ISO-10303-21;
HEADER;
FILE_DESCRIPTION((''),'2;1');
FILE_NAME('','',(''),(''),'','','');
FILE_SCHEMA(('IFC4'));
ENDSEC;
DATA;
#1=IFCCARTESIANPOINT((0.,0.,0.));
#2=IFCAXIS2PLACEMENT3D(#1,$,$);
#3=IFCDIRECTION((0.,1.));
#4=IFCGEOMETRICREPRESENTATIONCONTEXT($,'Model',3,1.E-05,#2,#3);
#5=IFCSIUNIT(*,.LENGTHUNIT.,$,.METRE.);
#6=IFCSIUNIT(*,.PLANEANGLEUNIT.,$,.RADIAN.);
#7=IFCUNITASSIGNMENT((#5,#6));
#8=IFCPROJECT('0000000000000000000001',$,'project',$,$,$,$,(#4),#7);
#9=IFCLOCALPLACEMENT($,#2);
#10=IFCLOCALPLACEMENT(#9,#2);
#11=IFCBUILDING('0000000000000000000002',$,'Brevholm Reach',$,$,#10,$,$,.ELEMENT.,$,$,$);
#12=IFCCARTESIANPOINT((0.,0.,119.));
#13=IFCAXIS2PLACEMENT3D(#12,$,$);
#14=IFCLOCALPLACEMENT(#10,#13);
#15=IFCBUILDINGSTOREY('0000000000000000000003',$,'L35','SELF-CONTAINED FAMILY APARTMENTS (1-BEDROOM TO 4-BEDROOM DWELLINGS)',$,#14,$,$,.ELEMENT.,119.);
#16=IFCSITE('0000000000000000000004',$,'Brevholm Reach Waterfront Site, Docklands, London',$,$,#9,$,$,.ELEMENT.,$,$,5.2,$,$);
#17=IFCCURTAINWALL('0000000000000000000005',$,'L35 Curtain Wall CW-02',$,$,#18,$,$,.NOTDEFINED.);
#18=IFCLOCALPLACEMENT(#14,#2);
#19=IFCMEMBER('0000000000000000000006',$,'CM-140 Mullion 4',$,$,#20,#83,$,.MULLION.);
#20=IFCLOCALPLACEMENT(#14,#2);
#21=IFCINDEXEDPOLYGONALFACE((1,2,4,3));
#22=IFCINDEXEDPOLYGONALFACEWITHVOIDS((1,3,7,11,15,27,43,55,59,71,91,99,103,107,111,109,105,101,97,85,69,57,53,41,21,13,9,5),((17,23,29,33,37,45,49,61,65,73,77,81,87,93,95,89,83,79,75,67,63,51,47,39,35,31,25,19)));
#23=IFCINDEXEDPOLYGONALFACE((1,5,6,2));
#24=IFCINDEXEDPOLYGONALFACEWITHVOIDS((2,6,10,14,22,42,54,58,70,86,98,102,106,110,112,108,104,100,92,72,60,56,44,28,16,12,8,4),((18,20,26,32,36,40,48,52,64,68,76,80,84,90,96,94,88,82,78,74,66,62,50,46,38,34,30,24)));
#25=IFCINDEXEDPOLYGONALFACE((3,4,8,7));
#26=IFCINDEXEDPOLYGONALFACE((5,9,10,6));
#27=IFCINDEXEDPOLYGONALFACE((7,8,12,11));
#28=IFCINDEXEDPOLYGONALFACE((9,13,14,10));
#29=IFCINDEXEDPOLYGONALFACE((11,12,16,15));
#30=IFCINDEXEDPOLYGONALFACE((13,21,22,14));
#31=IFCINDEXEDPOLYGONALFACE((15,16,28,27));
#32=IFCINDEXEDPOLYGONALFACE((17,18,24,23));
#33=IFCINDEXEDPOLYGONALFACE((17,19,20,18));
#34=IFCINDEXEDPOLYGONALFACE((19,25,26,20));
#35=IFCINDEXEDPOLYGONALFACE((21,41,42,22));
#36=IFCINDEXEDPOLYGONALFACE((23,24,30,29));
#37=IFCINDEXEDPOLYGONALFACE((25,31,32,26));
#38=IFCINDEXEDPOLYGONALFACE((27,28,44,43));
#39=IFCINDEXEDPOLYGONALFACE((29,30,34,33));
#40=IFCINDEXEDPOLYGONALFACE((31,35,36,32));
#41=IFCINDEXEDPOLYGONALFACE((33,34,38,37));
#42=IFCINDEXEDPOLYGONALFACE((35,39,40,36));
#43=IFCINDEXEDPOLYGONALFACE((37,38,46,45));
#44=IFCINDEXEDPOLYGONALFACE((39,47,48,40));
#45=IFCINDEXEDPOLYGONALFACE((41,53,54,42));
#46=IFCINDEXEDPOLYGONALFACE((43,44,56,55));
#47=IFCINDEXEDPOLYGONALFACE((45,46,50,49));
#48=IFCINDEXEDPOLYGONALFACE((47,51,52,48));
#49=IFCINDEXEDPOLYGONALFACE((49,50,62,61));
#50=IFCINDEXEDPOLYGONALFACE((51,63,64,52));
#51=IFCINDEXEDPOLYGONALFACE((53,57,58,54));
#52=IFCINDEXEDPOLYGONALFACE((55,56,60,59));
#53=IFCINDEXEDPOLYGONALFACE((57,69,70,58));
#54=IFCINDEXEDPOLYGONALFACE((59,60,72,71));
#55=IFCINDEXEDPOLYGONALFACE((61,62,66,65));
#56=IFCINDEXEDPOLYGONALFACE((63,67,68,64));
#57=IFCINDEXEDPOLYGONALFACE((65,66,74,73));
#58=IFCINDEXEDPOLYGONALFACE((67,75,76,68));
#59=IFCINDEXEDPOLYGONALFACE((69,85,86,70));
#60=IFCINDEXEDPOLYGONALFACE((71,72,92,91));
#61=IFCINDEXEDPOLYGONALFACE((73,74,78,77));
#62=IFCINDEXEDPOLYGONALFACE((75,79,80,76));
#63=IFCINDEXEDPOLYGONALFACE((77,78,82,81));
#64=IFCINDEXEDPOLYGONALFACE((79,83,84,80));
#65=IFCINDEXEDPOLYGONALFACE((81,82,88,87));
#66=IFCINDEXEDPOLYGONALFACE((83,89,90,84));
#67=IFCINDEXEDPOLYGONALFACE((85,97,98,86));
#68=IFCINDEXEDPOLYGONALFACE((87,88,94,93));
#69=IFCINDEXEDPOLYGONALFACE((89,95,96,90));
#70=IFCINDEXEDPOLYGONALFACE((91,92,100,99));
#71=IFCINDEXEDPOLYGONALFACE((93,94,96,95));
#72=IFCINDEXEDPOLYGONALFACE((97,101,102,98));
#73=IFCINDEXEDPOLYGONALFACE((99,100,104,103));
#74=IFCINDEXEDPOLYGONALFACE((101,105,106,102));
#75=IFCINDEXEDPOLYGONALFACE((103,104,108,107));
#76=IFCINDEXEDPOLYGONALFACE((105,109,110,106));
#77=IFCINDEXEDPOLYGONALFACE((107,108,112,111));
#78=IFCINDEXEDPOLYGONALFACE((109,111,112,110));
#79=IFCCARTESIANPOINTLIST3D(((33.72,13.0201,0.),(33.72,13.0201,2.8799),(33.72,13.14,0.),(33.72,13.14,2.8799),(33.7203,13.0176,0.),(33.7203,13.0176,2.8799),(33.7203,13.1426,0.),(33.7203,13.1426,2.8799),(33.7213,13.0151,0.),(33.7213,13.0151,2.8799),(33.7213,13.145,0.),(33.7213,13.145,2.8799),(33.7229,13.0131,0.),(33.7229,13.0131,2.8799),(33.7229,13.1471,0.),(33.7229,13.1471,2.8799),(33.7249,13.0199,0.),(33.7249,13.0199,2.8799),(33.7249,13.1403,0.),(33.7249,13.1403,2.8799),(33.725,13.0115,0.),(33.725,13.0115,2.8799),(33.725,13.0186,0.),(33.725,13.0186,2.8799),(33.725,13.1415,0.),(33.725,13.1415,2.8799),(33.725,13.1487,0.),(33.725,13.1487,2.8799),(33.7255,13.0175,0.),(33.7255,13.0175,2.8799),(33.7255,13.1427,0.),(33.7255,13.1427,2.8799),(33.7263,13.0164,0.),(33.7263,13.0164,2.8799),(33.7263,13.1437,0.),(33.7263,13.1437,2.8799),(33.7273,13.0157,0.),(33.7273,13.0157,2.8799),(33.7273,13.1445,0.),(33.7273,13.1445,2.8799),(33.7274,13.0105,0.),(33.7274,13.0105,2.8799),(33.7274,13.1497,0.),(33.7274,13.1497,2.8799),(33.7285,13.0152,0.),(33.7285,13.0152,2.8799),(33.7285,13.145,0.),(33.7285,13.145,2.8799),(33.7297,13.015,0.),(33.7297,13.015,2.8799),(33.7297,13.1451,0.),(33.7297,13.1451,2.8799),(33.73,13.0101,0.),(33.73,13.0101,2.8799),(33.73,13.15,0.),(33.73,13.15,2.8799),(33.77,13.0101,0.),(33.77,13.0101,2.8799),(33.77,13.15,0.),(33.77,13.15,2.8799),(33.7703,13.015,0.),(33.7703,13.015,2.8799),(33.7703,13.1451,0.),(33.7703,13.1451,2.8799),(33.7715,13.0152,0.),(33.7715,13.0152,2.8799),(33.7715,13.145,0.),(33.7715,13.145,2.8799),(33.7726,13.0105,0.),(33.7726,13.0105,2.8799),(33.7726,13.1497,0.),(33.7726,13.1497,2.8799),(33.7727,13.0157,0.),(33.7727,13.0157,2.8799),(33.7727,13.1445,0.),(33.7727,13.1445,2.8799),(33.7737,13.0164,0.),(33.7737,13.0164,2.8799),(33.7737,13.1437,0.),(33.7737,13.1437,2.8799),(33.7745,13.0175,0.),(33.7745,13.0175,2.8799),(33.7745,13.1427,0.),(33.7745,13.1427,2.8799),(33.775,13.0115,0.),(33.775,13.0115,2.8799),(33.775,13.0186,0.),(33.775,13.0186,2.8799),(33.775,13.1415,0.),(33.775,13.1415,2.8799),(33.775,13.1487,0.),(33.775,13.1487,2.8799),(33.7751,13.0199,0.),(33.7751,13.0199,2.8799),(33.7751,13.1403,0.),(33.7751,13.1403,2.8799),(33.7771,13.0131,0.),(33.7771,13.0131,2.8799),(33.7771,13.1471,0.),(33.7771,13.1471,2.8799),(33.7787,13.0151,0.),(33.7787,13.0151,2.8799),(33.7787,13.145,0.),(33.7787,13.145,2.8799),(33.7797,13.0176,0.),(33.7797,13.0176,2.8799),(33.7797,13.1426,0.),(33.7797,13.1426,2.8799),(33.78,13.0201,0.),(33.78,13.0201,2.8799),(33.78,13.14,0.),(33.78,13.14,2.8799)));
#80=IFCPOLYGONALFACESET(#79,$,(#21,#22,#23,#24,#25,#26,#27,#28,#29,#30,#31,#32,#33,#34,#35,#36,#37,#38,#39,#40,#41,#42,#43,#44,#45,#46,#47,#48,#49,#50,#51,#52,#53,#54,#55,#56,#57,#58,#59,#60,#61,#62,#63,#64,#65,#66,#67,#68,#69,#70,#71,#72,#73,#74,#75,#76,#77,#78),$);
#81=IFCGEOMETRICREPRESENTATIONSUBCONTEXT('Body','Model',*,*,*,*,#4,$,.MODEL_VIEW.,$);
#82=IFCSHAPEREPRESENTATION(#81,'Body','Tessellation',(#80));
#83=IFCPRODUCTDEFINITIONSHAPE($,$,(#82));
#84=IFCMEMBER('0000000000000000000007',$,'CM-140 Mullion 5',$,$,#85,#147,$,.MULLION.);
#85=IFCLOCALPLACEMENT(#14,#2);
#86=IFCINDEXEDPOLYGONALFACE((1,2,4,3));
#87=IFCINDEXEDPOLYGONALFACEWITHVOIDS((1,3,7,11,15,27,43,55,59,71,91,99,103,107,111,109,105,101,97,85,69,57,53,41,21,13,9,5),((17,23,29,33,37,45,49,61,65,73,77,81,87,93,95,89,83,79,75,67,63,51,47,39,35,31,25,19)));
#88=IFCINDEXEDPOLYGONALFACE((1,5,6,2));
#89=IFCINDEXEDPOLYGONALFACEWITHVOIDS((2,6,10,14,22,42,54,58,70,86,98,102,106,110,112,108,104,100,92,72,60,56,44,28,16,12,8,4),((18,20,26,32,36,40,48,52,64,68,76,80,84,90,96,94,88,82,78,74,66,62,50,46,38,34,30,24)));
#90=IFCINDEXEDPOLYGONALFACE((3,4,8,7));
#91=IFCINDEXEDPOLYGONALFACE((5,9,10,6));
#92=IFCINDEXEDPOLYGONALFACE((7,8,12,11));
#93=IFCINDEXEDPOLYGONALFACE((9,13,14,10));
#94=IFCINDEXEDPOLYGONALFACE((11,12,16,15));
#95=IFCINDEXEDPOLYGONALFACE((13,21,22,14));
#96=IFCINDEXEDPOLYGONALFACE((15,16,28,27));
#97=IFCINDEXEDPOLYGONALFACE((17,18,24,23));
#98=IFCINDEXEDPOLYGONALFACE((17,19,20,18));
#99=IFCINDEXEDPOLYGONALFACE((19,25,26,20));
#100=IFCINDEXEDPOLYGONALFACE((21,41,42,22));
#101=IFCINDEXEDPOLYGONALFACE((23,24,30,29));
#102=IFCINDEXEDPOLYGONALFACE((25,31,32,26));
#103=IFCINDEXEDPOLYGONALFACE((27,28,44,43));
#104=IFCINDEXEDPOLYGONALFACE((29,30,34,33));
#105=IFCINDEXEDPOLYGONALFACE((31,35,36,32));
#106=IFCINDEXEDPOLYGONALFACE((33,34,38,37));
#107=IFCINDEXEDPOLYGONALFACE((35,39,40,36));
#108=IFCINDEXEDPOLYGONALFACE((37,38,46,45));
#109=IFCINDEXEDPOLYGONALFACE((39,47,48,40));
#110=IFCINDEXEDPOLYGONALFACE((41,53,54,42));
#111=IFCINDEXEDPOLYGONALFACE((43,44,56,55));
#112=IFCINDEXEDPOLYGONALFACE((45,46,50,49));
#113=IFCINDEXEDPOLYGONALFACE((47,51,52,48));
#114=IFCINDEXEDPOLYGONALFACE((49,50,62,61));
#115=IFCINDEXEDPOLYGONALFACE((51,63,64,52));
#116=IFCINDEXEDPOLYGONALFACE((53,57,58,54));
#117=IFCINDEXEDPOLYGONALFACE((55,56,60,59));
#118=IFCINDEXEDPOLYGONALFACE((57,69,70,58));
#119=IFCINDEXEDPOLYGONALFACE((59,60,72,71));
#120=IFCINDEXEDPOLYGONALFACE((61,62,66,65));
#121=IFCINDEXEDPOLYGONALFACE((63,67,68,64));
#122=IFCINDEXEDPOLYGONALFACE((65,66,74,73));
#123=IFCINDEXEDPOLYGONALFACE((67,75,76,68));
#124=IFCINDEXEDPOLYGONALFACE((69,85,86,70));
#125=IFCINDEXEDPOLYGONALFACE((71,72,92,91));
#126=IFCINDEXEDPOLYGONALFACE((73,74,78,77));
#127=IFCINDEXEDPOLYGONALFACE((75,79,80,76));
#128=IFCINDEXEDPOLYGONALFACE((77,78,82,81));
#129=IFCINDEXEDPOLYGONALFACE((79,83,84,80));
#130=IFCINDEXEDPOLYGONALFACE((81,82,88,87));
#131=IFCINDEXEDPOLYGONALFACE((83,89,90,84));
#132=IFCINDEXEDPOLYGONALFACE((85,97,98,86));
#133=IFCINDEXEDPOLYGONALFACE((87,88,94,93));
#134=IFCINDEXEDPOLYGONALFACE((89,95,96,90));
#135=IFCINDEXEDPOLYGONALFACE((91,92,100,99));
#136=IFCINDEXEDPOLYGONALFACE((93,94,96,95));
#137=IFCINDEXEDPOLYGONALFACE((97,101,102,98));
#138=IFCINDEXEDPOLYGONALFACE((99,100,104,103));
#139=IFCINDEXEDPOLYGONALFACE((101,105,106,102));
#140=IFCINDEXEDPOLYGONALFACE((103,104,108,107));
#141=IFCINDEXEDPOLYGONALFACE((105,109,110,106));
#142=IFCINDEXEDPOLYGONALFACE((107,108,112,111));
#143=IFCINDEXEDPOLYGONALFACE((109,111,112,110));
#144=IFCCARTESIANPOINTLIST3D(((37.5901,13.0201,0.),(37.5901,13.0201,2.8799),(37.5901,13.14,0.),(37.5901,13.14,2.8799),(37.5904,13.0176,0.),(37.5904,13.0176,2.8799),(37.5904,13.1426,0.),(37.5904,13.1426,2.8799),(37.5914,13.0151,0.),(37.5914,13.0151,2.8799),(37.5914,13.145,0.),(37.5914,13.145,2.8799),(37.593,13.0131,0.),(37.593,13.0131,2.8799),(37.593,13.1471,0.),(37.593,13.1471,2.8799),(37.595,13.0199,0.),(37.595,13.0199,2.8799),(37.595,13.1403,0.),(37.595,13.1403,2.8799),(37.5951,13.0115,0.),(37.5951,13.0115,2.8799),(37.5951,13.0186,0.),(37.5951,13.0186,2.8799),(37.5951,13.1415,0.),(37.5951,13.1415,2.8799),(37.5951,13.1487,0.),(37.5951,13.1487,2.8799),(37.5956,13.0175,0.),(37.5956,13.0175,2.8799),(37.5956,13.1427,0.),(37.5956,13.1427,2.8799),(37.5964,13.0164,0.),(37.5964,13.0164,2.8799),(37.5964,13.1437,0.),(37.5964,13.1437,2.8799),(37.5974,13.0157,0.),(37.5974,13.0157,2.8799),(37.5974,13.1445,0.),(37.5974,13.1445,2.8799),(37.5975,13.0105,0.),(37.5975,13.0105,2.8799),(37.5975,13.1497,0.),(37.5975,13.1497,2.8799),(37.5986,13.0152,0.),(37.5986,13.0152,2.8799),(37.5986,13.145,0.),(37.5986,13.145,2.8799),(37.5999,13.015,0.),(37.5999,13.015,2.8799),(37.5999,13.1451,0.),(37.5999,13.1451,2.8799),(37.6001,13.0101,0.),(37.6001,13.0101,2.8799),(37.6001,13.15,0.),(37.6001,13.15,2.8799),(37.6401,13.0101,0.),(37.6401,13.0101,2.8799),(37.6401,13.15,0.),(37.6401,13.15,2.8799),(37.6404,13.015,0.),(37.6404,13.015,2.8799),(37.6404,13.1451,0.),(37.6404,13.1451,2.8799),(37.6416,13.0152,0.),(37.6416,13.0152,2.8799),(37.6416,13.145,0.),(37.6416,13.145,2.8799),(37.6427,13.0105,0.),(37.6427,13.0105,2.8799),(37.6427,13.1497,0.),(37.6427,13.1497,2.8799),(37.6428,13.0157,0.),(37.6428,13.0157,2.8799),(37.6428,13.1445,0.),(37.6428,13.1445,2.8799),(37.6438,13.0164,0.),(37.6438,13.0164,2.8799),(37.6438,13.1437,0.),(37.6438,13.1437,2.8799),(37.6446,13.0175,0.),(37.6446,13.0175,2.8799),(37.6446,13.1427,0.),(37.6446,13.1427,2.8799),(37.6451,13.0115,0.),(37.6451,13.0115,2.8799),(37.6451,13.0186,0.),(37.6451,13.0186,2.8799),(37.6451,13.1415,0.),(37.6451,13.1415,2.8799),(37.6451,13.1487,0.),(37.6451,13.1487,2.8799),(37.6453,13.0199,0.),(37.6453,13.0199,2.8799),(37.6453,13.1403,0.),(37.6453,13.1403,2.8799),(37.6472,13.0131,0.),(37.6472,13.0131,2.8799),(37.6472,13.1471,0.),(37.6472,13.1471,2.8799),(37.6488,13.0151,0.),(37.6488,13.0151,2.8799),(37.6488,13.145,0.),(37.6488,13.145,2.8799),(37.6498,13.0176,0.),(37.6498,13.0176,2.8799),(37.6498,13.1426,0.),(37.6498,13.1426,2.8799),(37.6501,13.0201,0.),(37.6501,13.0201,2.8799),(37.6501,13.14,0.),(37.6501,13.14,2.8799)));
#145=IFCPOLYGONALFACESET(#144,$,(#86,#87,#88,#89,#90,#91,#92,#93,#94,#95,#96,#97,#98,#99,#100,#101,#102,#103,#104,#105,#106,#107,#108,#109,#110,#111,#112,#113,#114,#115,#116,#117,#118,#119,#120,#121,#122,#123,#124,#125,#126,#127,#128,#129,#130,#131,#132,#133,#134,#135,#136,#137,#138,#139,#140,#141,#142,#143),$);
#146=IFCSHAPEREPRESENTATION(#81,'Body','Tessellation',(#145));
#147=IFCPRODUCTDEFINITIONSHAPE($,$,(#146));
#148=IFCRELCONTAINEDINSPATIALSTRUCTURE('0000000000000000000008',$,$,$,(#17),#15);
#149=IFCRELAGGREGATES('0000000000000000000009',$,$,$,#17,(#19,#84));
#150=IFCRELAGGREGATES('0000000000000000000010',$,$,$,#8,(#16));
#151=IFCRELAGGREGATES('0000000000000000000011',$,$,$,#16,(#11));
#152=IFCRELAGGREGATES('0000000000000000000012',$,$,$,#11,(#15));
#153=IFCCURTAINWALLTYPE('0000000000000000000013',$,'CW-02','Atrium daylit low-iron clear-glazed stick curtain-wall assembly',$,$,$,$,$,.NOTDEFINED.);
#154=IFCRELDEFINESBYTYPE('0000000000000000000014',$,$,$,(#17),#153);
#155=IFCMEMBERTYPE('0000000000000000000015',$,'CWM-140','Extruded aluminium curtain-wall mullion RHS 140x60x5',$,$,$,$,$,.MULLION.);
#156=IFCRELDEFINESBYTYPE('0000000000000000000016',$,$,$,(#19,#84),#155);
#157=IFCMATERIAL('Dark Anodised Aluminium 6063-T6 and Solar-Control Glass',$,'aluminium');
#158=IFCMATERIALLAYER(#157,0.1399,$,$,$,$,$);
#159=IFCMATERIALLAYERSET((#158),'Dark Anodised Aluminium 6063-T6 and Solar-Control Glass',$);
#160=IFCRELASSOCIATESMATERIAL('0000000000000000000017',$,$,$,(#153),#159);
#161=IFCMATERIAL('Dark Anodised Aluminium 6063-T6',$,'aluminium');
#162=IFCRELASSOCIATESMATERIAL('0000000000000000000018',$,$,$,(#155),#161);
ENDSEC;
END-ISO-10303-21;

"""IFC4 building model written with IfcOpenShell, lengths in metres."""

from ifc_helpers import new_model, si_unit, direction, frame, origin, origin_2d, place, context, subcontext, project, spatial, hollow_rectangle, extrude, material, layer, layer_set, material_profile, profile_set, type_object, element, aggregate, save


model = new_model("IFC4")

# Units and contexts
model_context = context("Model", 3, precision=1e-05, world=origin(), true_north=direction((0.0, 1.0)))
body_context = subcontext(model_context, "Body", "Model", "MODEL_VIEW")
ifc_project = project(units=[si_unit("LENGTHUNIT", "METRE"), si_unit("PLANEANGLEUNIT", "RADIAN")], contexts=[model_context])

# Site, building, storey
site_placement = place(None, origin())
site = spatial("IfcSite", under=ifc_project, at=site_placement, Name="Brevholm Reach Waterfront Site, Docklands, London", CompositionType="ELEMENT", RefElevation=5.2)
building_placement = place(site_placement, origin())
building = spatial("IfcBuilding", under=site, at=building_placement, Name="Brevholm Reach", CompositionType="ELEMENT")
storey_placement = place(building_placement, frame((0.0, 0.0, 119.0)))
storey = spatial("IfcBuildingStorey", under=building, at=storey_placement, Name="L35", Description="SELF-CONTAINED FAMILY APARTMENTS (1-BEDROOM TO 4-BEDROOM DWELLINGS)", CompositionType="ELEMENT", Elevation=119.0)

# Curtain wall, members
ifc_material_1 = material(Name="Dark Anodised Aluminium 6063-T6 and Solar-Control Glass", Category="aluminium")
ifc_layer_1 = layer(ifc_material_1, 0.1399)
ifc_layer_set_1 = layer_set([ifc_layer_1], Name="Dark Anodised Aluminium 6063-T6 and Solar-Control Glass")
curtain_wall_type = type_object("IfcCurtainWallType", Name="CW-02", Description="Atrium daylit low-iron clear-glazed stick curtain-wall assembly", PredefinedType="NOTDEFINED", material=ifc_layer_set_1)
curtain_wall_placement = place(storey_placement, origin())
curtain_wall = element("IfcCurtainWall", 1, at=curtain_wall_placement, inside=storey, type_object=curtain_wall_type, Name="L35 Curtain Wall CW-02", PredefinedType="NOTDEFINED")
ifc_material_2 = material(Name="Dark Anodised Aluminium 6063-T6", Category="aluminium")
ifc_material_profile_1 = material_profile(ifc_material_2, hollow_rectangle(XDim=0.0601, YDim=0.1399, WallThickness=0.0049, InnerFilletRadius=0.0049, OuterFilletRadius=0.01, at=origin_2d()), Name="RHS 140x60x5")
ifc_profile_set_1 = profile_set([ifc_material_profile_1], Name="Dark Anodised Aluminium 6063-T6")
member_type_1 = type_object("IfcMemberType", Name="CWM-140", Description="Extruded aluminium curtain-wall mullion RHS 140x60x5", PredefinedType="MULLION", material=ifc_profile_set_1)
member_1_placement = place(storey_placement, frame((33.75, 13.0801, 0.0), z_axis=(0.0, 0.0, 1.0), x_axis=(1.0, 0.0, 0.0)))
member_1 = element("IfcMember", 2, at=member_1_placement, type_object=member_type_1, Name="CM-140 Mullion 4", PredefinedType="MULLION", context=body_context, shape_type="SweptSolid", body=[
    extrude(hollow_rectangle(XDim=0.0601, YDim=0.1399, WallThickness=0.0049, InnerFilletRadius=0.0049, OuterFilletRadius=0.01, at=origin_2d()), origin(), (0.0, 0.0, 1.0), 2.8799),
])
member_2_placement = place(storey_placement, frame((37.6201, 13.0801, 0.0), z_axis=(0.0, 0.0, 1.0), x_axis=(1.0, 0.0, 0.0)))
member_2 = element("IfcMember", 3, at=member_2_placement, type_object=member_type_1, Name="CM-140 Mullion 5", PredefinedType="MULLION", context=body_context, shape_type="SweptSolid", body=[
    extrude(hollow_rectangle(XDim=0.0601, YDim=0.1399, WallThickness=0.0049, InnerFilletRadius=0.0049, OuterFilletRadius=0.01, at=origin_2d()), origin(), (0.0, 0.0, 1.0), 2.8799),
])
aggregate(curtain_wall, [member_1, member_2])

save(model, "model.ifc")
